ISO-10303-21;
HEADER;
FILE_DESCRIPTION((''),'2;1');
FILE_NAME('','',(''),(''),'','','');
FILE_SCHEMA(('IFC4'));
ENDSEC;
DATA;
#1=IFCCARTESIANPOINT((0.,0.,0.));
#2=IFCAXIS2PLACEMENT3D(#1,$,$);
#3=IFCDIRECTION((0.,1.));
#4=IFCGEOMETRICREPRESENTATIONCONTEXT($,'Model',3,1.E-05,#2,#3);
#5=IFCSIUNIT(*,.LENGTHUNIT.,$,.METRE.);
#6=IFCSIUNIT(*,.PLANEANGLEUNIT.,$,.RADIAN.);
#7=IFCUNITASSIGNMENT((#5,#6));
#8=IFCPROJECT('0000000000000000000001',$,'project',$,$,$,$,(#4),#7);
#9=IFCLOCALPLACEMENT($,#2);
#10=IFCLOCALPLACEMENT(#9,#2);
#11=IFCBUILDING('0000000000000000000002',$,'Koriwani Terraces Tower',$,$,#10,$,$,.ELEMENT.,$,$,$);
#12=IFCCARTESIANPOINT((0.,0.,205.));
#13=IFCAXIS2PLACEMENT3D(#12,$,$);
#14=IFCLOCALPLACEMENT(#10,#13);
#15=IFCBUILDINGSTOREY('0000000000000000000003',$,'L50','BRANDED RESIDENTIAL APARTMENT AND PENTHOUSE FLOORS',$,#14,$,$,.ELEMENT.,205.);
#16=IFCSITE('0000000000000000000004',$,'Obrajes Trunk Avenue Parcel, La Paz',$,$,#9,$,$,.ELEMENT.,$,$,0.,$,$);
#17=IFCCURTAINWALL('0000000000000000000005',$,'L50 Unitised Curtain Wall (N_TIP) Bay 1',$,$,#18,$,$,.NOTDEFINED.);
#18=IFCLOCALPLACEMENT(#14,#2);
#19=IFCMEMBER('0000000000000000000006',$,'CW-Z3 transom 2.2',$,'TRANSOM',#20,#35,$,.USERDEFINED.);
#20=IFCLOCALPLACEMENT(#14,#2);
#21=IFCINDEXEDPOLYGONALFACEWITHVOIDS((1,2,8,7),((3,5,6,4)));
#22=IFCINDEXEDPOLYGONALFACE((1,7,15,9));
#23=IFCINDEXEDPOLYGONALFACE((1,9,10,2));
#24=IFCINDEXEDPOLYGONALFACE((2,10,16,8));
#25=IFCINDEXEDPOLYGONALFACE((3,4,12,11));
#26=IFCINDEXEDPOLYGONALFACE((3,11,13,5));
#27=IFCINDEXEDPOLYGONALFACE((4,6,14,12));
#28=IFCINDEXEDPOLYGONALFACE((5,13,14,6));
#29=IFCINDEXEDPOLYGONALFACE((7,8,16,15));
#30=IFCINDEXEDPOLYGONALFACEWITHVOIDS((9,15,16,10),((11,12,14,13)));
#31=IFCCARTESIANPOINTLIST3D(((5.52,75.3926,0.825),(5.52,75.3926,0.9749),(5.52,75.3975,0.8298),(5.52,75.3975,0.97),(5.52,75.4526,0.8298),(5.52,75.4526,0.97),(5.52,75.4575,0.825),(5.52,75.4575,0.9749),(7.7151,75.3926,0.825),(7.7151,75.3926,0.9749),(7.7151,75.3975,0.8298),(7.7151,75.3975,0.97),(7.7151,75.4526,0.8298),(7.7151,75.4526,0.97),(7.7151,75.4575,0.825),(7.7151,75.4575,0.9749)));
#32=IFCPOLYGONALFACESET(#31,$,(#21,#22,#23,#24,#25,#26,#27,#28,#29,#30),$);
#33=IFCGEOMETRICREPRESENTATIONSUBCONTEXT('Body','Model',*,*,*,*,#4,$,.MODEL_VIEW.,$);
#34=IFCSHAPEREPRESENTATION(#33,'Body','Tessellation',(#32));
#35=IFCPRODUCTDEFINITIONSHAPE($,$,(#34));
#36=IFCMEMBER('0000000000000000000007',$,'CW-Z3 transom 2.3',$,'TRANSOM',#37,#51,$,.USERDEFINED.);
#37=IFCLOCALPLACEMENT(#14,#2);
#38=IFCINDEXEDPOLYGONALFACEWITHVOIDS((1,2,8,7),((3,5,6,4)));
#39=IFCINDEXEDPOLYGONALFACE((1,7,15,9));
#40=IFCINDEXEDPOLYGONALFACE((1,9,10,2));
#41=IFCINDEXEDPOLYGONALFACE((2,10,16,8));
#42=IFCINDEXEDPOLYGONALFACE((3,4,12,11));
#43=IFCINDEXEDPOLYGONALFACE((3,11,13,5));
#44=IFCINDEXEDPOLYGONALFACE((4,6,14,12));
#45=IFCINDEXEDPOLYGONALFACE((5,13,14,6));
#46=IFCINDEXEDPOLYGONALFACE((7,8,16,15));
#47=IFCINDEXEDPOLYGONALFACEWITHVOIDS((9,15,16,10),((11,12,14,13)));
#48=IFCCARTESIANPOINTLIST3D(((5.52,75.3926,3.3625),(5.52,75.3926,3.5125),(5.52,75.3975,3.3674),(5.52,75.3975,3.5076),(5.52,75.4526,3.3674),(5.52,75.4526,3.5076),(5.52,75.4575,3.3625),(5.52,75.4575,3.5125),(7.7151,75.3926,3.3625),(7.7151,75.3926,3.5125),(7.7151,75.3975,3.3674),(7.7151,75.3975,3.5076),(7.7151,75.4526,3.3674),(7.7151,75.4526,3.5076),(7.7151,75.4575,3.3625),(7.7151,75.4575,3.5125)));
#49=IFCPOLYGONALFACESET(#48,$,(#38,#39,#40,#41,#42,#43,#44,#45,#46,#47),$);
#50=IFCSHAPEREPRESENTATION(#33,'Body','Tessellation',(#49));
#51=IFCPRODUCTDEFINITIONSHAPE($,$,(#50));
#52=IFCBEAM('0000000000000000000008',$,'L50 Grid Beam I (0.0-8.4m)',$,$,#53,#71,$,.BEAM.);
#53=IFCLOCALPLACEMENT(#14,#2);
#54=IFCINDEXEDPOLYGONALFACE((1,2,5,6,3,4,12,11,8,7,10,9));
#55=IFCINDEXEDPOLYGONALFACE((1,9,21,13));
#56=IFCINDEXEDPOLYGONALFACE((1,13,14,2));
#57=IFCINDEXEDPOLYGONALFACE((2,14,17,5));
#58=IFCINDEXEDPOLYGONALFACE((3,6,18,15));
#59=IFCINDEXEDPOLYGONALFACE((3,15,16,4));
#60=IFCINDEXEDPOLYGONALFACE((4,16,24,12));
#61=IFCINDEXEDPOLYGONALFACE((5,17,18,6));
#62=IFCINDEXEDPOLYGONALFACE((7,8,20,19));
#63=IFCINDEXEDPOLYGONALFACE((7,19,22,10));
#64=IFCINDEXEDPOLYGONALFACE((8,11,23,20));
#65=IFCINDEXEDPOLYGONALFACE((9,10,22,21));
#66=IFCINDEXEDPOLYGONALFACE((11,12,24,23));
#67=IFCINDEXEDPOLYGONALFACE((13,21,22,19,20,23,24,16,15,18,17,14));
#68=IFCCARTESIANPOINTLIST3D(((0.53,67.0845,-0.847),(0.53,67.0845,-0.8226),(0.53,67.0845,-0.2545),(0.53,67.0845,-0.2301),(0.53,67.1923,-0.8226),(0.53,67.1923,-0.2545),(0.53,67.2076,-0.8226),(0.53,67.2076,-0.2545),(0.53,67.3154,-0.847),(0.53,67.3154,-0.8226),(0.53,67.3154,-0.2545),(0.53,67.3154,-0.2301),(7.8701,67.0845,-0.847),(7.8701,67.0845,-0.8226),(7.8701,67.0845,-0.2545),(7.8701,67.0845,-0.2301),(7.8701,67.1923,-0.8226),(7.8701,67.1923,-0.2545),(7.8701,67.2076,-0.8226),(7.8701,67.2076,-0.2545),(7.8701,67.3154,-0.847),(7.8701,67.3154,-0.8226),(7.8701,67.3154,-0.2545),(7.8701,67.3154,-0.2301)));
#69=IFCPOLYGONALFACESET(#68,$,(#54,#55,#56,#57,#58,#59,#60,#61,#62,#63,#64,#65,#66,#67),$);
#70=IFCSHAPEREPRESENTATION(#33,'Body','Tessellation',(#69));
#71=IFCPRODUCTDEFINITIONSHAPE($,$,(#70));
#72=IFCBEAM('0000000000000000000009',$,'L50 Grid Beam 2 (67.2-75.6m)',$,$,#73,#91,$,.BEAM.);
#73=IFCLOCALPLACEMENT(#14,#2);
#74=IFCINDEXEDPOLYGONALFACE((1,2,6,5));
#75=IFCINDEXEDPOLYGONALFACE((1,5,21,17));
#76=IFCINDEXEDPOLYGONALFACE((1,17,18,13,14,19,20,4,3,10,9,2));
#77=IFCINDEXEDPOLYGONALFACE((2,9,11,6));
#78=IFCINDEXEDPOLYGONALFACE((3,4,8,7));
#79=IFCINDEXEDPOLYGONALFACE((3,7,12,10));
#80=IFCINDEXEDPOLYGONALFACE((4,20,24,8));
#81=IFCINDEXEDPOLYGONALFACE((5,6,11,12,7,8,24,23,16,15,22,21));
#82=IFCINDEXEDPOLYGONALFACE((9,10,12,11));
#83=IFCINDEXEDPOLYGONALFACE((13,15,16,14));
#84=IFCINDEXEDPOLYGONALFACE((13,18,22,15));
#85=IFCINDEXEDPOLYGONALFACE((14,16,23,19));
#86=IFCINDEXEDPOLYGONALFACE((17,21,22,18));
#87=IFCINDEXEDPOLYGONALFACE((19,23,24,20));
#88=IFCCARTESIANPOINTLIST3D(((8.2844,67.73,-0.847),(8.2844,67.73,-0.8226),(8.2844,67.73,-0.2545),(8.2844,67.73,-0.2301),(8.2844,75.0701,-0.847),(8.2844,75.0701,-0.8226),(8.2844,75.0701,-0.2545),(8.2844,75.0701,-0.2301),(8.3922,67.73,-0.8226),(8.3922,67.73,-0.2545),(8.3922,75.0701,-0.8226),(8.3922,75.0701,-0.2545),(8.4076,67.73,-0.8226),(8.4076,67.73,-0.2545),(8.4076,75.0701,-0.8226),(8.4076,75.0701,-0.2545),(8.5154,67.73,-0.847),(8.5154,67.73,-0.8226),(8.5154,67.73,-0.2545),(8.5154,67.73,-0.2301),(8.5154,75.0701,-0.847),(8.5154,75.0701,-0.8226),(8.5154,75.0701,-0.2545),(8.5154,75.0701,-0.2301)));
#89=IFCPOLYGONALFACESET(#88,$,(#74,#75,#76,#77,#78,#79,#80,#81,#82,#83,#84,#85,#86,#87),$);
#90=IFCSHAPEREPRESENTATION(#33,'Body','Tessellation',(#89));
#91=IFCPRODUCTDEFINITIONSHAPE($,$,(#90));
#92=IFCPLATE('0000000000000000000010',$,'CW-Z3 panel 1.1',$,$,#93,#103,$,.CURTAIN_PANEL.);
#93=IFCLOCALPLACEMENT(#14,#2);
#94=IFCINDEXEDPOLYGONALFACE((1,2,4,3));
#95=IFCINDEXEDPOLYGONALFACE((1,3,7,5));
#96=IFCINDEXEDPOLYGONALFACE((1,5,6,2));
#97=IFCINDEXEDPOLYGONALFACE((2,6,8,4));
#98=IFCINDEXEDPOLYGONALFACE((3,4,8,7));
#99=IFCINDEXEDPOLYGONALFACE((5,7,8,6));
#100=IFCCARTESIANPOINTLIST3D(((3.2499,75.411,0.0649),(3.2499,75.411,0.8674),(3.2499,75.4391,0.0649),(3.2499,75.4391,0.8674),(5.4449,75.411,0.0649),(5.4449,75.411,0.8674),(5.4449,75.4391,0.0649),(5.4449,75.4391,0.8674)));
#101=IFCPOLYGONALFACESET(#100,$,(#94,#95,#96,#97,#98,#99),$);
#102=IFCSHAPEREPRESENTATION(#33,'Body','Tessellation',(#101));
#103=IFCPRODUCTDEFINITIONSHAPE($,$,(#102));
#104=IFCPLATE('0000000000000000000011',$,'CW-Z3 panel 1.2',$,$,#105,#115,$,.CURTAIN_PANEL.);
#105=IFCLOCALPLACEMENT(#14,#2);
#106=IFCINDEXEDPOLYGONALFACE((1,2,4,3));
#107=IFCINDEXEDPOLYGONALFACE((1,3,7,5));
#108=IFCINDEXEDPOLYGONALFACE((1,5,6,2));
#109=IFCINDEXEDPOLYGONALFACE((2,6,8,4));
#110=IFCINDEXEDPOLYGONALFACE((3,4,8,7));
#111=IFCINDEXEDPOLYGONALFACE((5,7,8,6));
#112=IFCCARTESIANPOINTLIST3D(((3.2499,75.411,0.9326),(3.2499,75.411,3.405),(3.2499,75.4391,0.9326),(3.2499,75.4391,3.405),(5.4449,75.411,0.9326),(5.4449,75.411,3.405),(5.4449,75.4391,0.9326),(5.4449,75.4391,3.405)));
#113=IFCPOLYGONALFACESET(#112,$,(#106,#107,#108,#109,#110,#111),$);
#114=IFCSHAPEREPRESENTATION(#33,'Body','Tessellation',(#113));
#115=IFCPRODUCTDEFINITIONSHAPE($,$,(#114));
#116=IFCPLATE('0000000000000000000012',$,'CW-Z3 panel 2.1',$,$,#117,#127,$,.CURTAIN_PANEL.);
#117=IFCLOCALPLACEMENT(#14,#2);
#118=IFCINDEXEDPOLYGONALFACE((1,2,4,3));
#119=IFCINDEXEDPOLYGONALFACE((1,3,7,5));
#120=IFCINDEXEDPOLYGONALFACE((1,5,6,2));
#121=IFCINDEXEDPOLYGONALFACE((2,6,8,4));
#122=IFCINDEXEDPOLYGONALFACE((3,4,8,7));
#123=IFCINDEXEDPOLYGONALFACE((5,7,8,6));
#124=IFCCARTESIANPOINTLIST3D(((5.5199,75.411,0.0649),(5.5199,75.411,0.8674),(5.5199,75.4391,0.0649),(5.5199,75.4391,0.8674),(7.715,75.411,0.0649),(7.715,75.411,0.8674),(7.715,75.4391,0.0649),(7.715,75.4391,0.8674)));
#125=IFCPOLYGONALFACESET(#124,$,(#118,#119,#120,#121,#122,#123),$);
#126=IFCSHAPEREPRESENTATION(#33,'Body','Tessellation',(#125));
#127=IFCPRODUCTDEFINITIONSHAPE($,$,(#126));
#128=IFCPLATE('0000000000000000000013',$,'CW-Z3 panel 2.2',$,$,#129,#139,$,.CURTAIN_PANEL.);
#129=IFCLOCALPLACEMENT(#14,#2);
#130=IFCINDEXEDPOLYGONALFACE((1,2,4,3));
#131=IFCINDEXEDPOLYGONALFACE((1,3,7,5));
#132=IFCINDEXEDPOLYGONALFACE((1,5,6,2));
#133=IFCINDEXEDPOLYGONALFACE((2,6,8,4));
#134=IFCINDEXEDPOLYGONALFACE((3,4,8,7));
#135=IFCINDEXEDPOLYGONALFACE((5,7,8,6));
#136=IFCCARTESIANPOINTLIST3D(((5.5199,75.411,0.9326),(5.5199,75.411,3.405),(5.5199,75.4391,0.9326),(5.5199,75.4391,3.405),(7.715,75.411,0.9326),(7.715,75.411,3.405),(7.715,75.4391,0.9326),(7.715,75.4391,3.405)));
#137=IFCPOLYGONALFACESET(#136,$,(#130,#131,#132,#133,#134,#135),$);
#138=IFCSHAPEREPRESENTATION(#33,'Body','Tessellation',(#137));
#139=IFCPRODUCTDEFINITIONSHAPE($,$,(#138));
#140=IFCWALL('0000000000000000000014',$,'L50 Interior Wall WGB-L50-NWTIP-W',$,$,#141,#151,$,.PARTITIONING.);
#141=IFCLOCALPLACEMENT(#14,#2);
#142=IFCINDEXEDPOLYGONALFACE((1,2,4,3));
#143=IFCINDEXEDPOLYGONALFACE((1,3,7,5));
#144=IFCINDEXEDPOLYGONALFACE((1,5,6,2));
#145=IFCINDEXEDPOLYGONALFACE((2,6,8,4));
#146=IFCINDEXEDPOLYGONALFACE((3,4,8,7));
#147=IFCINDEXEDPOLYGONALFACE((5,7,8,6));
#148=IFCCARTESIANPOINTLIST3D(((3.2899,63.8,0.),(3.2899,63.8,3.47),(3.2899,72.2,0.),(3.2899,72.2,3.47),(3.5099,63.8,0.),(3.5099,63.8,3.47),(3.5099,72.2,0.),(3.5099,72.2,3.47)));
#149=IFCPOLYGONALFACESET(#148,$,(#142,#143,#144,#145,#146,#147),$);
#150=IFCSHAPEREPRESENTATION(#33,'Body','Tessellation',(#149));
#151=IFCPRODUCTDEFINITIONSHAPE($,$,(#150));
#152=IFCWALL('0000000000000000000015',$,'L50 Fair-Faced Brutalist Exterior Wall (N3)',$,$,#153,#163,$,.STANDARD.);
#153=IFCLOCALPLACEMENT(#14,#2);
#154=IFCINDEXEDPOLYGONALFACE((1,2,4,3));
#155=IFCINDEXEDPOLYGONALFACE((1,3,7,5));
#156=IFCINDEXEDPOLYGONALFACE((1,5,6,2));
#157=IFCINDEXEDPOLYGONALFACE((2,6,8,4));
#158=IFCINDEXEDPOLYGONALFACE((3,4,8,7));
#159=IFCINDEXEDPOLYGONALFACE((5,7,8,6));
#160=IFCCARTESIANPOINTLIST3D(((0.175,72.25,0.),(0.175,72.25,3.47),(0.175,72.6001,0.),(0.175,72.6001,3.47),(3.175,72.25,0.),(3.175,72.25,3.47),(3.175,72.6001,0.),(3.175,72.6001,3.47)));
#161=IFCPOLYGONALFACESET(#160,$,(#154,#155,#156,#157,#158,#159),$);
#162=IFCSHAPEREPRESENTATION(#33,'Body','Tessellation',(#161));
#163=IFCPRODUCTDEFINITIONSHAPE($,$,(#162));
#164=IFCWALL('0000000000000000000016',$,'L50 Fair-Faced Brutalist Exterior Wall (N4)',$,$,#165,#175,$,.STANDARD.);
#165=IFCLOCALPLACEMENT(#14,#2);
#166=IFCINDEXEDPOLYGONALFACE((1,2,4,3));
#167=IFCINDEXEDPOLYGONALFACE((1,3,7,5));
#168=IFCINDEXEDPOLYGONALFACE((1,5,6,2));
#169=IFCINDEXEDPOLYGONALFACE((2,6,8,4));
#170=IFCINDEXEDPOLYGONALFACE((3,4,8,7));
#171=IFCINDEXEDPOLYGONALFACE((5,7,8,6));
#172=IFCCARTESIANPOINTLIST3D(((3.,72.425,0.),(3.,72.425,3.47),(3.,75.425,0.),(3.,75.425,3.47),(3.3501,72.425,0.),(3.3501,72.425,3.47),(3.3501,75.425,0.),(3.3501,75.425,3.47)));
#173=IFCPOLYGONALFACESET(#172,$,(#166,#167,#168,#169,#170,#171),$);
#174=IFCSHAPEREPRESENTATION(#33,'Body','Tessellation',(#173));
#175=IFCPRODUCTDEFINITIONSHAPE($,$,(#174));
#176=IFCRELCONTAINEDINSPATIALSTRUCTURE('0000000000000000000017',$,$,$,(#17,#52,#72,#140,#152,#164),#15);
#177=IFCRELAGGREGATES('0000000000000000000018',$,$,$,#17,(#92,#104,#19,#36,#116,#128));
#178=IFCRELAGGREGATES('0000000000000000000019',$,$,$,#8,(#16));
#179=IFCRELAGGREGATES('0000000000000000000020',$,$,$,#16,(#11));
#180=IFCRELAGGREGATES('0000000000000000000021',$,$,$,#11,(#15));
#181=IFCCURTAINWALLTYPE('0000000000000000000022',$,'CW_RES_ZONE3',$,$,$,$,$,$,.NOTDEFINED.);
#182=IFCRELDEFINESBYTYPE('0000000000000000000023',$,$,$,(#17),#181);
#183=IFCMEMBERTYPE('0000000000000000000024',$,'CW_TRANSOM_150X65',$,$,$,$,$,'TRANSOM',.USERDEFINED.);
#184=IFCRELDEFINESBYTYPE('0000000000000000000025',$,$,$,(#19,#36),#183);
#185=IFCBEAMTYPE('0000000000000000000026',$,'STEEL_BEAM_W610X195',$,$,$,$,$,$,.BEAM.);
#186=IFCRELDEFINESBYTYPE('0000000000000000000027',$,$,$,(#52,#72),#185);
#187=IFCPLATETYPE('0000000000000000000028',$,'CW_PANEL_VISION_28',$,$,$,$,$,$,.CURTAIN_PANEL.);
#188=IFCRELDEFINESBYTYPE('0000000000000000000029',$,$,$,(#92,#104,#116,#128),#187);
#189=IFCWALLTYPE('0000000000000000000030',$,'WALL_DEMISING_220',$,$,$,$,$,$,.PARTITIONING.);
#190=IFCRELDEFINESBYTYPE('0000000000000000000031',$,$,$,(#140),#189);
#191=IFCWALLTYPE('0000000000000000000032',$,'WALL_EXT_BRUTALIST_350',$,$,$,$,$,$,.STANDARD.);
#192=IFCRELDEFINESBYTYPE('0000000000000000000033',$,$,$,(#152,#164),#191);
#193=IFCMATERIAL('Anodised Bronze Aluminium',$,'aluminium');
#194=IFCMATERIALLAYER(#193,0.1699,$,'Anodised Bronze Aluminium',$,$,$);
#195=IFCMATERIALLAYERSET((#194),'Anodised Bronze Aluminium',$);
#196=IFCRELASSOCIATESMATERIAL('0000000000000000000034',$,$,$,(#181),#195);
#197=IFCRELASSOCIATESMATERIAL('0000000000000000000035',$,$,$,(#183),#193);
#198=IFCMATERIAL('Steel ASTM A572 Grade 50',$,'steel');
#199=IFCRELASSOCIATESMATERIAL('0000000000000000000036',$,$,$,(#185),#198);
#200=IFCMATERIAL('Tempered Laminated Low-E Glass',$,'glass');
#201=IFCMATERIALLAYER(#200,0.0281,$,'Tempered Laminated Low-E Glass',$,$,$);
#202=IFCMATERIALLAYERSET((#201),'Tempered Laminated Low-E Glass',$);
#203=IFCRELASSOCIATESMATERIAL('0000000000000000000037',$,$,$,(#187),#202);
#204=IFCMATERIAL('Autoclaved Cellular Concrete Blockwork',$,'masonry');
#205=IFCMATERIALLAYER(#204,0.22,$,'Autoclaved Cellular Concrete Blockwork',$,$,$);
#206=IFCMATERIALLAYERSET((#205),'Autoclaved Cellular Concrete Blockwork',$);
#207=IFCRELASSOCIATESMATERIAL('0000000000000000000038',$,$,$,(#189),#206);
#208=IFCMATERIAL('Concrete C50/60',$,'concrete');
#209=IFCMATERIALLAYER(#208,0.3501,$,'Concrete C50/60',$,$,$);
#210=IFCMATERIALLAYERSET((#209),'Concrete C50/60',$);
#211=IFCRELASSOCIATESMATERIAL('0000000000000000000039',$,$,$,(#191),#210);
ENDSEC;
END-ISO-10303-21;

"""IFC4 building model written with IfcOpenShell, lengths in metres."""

from ifc_helpers import new_model, si_unit, direction, frame, frame_2d, origin, origin_2d, place, context, subcontext, project, spatial, rectangle, hollow_rectangle, i_section, extrude, material, layer, layer_set, material_profile, profile_set, type_object, element, aggregate, save


model = new_model("IFC4")

# Units and contexts
model_context = context("Model", 3, precision=1e-05, world=origin(), true_north=direction((0.0, 1.0)))
body_context = subcontext(model_context, "Body", "Model", "MODEL_VIEW")
ifc_project = project(units=[si_unit("LENGTHUNIT", "METRE"), si_unit("PLANEANGLEUNIT", "RADIAN")], contexts=[model_context])

# Site, building, storey
site_placement = place(None, origin())
site = spatial("IfcSite", under=ifc_project, at=site_placement, Name="Obrajes Trunk Avenue Parcel, La Paz", CompositionType="ELEMENT", RefElevation=0.0)
building_placement = place(site_placement, origin())
building = spatial("IfcBuilding", under=site, at=building_placement, Name="Koriwani Terraces Tower", CompositionType="ELEMENT")
storey_placement = place(building_placement, frame((0.0, 0.0, 205.0)))
storey = spatial("IfcBuildingStorey", under=building, at=storey_placement, Name="L50", Description="BRANDED RESIDENTIAL APARTMENT AND PENTHOUSE FLOORS", CompositionType="ELEMENT", Elevation=205.0)

# Shared definitions
ifc_material_1 = material(Name="Concrete C50/60", Category="concrete")

# Curtain wall, members
ifc_material_2 = material(Name="Anodised Bronze Aluminium", Category="aluminium")
ifc_layer_1 = layer(ifc_material_2, 0.1699, Name="Anodised Bronze Aluminium")
ifc_layer_set_1 = layer_set([ifc_layer_1], Name="Anodised Bronze Aluminium")
curtain_wall_type = type_object("IfcCurtainWallType", Name="CW_RES_ZONE3", PredefinedType="NOTDEFINED", material=ifc_layer_set_1)
curtain_wall_placement = place(storey_placement, origin())
curtain_wall = element("IfcCurtainWall", 1, at=curtain_wall_placement, inside=storey, type_object=curtain_wall_type, Name="L50 Unitised Curtain Wall (N_TIP) Bay 1", PredefinedType="NOTDEFINED")
ifc_material_profile_1 = material_profile(ifc_material_2, hollow_rectangle(XDim=0.0649, YDim=0.1499, WallThickness=0.0049, at=origin_2d()), Name="Anodised Bronze Aluminium", Category="LoadBearing")
ifc_profile_set_1 = profile_set([ifc_material_profile_1], Name="Anodised Bronze Aluminium")
member_type_1 = type_object("IfcMemberType", Name="CW_TRANSOM_150X65", ElementType="TRANSOM", PredefinedType="USERDEFINED", material=ifc_profile_set_1)
member_1_placement = place(storey_placement, frame((5.52, 75.425, 0.8999), z_axis=(1.0, 0.0, 0.0), x_axis=(0.0, 1.0, 0.0)))
member_1 = element("IfcMember", 2, at=member_1_placement, type_object=member_type_1, Name="CW-Z3 transom 2.2", ObjectType="TRANSOM", PredefinedType="USERDEFINED", context=body_context, shape_type="SweptSolid", body=[
    extrude(hollow_rectangle(XDim=0.0649, YDim=0.1499, WallThickness=0.0049, at=origin_2d()), origin(), (0.0, 0.0, 1.0), 2.1951),
])
member_2_placement = place(storey_placement, frame((5.52, 75.425, 3.4375), z_axis=(1.0, 0.0, 0.0), x_axis=(0.0, 1.0, 0.0)))
member_2 = element("IfcMember", 3, at=member_2_placement, type_object=member_type_1, Name="CW-Z3 transom 2.3", ObjectType="TRANSOM", PredefinedType="USERDEFINED", context=body_context, shape_type="SweptSolid", body=[
    extrude(hollow_rectangle(XDim=0.0649, YDim=0.1499, WallThickness=0.0049, at=origin_2d()), origin(), (0.0, 0.0, 1.0), 2.1951),
])

# Beams
ifc_material_3 = material(Name="Steel ASTM A572 Grade 50", Category="steel")
ifc_material_profile_2 = material_profile(ifc_material_3, i_section(OverallWidth=0.231, OverallDepth=0.6169, WebThickness=0.0154, FlangeThickness=0.0244, at=origin_2d()), Name="Steel ASTM A572 Grade 50", Category="LoadBearing")
ifc_profile_set_2 = profile_set([ifc_material_profile_2], Name="Steel ASTM A572 Grade 50")
beam_type_1 = type_object("IfcBeamType", Name="STEEL_BEAM_W610X195", PredefinedType="BEAM", material=ifc_profile_set_2)
for number, where, z_axis, x_axis, name in (
    (4, (0.53, 67.2, -0.5386), (1.0, 0.0, 0.0), (0.0, 1.0, 0.0), "L50 Grid Beam I (0.0-8.4m)"),
    (5, (8.3999, 67.73, -0.5386), (0.0, 1.0, 0.0), (-1.0, 0.0, 0.0), "L50 Grid Beam 2 (67.2-75.6m)"),
):
    element("IfcBeam", number, at=place(storey_placement, frame(where, z_axis=z_axis, x_axis=x_axis)), inside=storey, type_object=beam_type_1, Name=name, PredefinedType="BEAM", context=body_context, shape_type="SweptSolid", body=[
        extrude(i_section(OverallWidth=0.231, OverallDepth=0.6169, WebThickness=0.0154, FlangeThickness=0.0244, at=origin_2d()), origin(), (0.0, 0.0, 1.0), 7.3401),
    ])

# Plates
ifc_material_4 = material(Name="Tempered Laminated Low-E Glass", Category="glass")
ifc_layer_2 = layer(ifc_material_4, 0.0281, Name="Tempered Laminated Low-E Glass")
ifc_layer_set_2 = layer_set([ifc_layer_2], Name="Tempered Laminated Low-E Glass")
plate_type = type_object("IfcPlateType", Name="CW_PANEL_VISION_28", PredefinedType="CURTAIN_PANEL", material=ifc_layer_set_2)
plate_1_placement = place(storey_placement, frame((4.3474, 75.425, 0.0649), z_axis=(0.0, 0.0, 1.0), x_axis=(1.0, 0.0, 0.0)))
plate_1 = element("IfcPlate", 6, at=plate_1_placement, type_object=plate_type, Name="CW-Z3 panel 1.1", PredefinedType="CURTAIN_PANEL", context=body_context, shape_type="SweptSolid", body=[
    extrude(rectangle(XDim=2.1951, YDim=0.0281, at=origin_2d()), origin(), (0.0, 0.0, 1.0), 0.8025),
])
plate_2_placement = place(storey_placement, frame((4.3474, 75.425, 0.9326), z_axis=(0.0, 0.0, 1.0), x_axis=(1.0, 0.0, 0.0)))
plate_2 = element("IfcPlate", 7, at=plate_2_placement, type_object=plate_type, Name="CW-Z3 panel 1.2", PredefinedType="CURTAIN_PANEL", context=body_context, shape_type="SweptSolid", body=[
    extrude(rectangle(XDim=2.1951, YDim=0.0281, at=origin_2d()), origin(), (0.0, 0.0, 1.0), 2.4724),
])
plate_3_placement = place(storey_placement, frame((6.6174, 75.425, 0.0649), z_axis=(0.0, 0.0, 1.0), x_axis=(1.0, 0.0, 0.0)))
plate_3 = element("IfcPlate", 8, at=plate_3_placement, type_object=plate_type, Name="CW-Z3 panel 2.1", PredefinedType="CURTAIN_PANEL", context=body_context, shape_type="SweptSolid", body=[
    extrude(rectangle(XDim=2.1951, YDim=0.0281, at=origin_2d()), origin(), (0.0, 0.0, 1.0), 0.8025),
])
plate_4_placement = place(storey_placement, frame((6.6174, 75.425, 0.9326), z_axis=(0.0, 0.0, 1.0), x_axis=(1.0, 0.0, 0.0)))
plate_4 = element("IfcPlate", 9, at=plate_4_placement, type_object=plate_type, Name="CW-Z3 panel 2.2", PredefinedType="CURTAIN_PANEL", context=body_context, shape_type="SweptSolid", body=[
    extrude(rectangle(XDim=2.1951, YDim=0.0281, at=origin_2d()), origin(), (0.0, 0.0, 1.0), 2.4724),
])
aggregate(curtain_wall, [plate_1, plate_2, member_1, member_2, plate_3, plate_4])

# Walls
ifc_material_5 = material(Name="Autoclaved Cellular Concrete Blockwork", Category="masonry")
ifc_layer_3 = layer(ifc_material_5, 0.22, Name="Autoclaved Cellular Concrete Blockwork")
ifc_layer_set_3 = layer_set([ifc_layer_3], Name="Autoclaved Cellular Concrete Blockwork")
wall_type_1 = type_object("IfcWallType", Name="WALL_DEMISING_220", PredefinedType="PARTITIONING", material=ifc_layer_set_3)
wall_1_placement = place(storey_placement, frame((3.3999, 63.8, 0.0), z_axis=(0.0, 0.0, 1.0), x_axis=(0.0, 1.0, 0.0)))
element("IfcWall", 10, at=wall_1_placement, inside=storey, type_object=wall_type_1, Name="L50 Interior Wall WGB-L50-NWTIP-W", PredefinedType="PARTITIONING", context=body_context, shape_type="SweptSolid", body=[
    extrude(rectangle(XDim=8.3999, YDim=0.22, at=frame_2d((4.2, 0.0))), origin(), (0.0, 0.0, 1.0), 3.47),
])
ifc_layer_4 = layer(ifc_material_1, 0.3501, Name="Concrete C50/60")
ifc_layer_set_4 = layer_set([ifc_layer_4], Name="Concrete C50/60")
wall_type_2 = type_object("IfcWallType", Name="WALL_EXT_BRUTALIST_350", PredefinedType="STANDARD", material=ifc_layer_set_4)
for number, where, z_axis, x_axis, name in (
    (11, (0.175, 72.425, 0.0), (0.0, 0.0, 1.0), (1.0, 0.0, 0.0), "L50 Fair-Faced Brutalist Exterior Wall (N3)"),
    (12, (3.175, 72.425, 0.0), (0.0, 0.0, 1.0), (0.0, 1.0, 0.0), "L50 Fair-Faced Brutalist Exterior Wall (N4)"),
):
    element("IfcWall", number, at=place(storey_placement, frame(where, z_axis=z_axis, x_axis=x_axis)), inside=storey, type_object=wall_type_2, Name=name, PredefinedType="STANDARD", context=body_context, shape_type="SweptSolid", body=[
        extrude(rectangle(XDim=3.0, YDim=0.3501, at=frame_2d((1.5, 0.0))), origin(), (0.0, 0.0, 1.0), 3.47),
    ])

save(model, "model.ifc")
